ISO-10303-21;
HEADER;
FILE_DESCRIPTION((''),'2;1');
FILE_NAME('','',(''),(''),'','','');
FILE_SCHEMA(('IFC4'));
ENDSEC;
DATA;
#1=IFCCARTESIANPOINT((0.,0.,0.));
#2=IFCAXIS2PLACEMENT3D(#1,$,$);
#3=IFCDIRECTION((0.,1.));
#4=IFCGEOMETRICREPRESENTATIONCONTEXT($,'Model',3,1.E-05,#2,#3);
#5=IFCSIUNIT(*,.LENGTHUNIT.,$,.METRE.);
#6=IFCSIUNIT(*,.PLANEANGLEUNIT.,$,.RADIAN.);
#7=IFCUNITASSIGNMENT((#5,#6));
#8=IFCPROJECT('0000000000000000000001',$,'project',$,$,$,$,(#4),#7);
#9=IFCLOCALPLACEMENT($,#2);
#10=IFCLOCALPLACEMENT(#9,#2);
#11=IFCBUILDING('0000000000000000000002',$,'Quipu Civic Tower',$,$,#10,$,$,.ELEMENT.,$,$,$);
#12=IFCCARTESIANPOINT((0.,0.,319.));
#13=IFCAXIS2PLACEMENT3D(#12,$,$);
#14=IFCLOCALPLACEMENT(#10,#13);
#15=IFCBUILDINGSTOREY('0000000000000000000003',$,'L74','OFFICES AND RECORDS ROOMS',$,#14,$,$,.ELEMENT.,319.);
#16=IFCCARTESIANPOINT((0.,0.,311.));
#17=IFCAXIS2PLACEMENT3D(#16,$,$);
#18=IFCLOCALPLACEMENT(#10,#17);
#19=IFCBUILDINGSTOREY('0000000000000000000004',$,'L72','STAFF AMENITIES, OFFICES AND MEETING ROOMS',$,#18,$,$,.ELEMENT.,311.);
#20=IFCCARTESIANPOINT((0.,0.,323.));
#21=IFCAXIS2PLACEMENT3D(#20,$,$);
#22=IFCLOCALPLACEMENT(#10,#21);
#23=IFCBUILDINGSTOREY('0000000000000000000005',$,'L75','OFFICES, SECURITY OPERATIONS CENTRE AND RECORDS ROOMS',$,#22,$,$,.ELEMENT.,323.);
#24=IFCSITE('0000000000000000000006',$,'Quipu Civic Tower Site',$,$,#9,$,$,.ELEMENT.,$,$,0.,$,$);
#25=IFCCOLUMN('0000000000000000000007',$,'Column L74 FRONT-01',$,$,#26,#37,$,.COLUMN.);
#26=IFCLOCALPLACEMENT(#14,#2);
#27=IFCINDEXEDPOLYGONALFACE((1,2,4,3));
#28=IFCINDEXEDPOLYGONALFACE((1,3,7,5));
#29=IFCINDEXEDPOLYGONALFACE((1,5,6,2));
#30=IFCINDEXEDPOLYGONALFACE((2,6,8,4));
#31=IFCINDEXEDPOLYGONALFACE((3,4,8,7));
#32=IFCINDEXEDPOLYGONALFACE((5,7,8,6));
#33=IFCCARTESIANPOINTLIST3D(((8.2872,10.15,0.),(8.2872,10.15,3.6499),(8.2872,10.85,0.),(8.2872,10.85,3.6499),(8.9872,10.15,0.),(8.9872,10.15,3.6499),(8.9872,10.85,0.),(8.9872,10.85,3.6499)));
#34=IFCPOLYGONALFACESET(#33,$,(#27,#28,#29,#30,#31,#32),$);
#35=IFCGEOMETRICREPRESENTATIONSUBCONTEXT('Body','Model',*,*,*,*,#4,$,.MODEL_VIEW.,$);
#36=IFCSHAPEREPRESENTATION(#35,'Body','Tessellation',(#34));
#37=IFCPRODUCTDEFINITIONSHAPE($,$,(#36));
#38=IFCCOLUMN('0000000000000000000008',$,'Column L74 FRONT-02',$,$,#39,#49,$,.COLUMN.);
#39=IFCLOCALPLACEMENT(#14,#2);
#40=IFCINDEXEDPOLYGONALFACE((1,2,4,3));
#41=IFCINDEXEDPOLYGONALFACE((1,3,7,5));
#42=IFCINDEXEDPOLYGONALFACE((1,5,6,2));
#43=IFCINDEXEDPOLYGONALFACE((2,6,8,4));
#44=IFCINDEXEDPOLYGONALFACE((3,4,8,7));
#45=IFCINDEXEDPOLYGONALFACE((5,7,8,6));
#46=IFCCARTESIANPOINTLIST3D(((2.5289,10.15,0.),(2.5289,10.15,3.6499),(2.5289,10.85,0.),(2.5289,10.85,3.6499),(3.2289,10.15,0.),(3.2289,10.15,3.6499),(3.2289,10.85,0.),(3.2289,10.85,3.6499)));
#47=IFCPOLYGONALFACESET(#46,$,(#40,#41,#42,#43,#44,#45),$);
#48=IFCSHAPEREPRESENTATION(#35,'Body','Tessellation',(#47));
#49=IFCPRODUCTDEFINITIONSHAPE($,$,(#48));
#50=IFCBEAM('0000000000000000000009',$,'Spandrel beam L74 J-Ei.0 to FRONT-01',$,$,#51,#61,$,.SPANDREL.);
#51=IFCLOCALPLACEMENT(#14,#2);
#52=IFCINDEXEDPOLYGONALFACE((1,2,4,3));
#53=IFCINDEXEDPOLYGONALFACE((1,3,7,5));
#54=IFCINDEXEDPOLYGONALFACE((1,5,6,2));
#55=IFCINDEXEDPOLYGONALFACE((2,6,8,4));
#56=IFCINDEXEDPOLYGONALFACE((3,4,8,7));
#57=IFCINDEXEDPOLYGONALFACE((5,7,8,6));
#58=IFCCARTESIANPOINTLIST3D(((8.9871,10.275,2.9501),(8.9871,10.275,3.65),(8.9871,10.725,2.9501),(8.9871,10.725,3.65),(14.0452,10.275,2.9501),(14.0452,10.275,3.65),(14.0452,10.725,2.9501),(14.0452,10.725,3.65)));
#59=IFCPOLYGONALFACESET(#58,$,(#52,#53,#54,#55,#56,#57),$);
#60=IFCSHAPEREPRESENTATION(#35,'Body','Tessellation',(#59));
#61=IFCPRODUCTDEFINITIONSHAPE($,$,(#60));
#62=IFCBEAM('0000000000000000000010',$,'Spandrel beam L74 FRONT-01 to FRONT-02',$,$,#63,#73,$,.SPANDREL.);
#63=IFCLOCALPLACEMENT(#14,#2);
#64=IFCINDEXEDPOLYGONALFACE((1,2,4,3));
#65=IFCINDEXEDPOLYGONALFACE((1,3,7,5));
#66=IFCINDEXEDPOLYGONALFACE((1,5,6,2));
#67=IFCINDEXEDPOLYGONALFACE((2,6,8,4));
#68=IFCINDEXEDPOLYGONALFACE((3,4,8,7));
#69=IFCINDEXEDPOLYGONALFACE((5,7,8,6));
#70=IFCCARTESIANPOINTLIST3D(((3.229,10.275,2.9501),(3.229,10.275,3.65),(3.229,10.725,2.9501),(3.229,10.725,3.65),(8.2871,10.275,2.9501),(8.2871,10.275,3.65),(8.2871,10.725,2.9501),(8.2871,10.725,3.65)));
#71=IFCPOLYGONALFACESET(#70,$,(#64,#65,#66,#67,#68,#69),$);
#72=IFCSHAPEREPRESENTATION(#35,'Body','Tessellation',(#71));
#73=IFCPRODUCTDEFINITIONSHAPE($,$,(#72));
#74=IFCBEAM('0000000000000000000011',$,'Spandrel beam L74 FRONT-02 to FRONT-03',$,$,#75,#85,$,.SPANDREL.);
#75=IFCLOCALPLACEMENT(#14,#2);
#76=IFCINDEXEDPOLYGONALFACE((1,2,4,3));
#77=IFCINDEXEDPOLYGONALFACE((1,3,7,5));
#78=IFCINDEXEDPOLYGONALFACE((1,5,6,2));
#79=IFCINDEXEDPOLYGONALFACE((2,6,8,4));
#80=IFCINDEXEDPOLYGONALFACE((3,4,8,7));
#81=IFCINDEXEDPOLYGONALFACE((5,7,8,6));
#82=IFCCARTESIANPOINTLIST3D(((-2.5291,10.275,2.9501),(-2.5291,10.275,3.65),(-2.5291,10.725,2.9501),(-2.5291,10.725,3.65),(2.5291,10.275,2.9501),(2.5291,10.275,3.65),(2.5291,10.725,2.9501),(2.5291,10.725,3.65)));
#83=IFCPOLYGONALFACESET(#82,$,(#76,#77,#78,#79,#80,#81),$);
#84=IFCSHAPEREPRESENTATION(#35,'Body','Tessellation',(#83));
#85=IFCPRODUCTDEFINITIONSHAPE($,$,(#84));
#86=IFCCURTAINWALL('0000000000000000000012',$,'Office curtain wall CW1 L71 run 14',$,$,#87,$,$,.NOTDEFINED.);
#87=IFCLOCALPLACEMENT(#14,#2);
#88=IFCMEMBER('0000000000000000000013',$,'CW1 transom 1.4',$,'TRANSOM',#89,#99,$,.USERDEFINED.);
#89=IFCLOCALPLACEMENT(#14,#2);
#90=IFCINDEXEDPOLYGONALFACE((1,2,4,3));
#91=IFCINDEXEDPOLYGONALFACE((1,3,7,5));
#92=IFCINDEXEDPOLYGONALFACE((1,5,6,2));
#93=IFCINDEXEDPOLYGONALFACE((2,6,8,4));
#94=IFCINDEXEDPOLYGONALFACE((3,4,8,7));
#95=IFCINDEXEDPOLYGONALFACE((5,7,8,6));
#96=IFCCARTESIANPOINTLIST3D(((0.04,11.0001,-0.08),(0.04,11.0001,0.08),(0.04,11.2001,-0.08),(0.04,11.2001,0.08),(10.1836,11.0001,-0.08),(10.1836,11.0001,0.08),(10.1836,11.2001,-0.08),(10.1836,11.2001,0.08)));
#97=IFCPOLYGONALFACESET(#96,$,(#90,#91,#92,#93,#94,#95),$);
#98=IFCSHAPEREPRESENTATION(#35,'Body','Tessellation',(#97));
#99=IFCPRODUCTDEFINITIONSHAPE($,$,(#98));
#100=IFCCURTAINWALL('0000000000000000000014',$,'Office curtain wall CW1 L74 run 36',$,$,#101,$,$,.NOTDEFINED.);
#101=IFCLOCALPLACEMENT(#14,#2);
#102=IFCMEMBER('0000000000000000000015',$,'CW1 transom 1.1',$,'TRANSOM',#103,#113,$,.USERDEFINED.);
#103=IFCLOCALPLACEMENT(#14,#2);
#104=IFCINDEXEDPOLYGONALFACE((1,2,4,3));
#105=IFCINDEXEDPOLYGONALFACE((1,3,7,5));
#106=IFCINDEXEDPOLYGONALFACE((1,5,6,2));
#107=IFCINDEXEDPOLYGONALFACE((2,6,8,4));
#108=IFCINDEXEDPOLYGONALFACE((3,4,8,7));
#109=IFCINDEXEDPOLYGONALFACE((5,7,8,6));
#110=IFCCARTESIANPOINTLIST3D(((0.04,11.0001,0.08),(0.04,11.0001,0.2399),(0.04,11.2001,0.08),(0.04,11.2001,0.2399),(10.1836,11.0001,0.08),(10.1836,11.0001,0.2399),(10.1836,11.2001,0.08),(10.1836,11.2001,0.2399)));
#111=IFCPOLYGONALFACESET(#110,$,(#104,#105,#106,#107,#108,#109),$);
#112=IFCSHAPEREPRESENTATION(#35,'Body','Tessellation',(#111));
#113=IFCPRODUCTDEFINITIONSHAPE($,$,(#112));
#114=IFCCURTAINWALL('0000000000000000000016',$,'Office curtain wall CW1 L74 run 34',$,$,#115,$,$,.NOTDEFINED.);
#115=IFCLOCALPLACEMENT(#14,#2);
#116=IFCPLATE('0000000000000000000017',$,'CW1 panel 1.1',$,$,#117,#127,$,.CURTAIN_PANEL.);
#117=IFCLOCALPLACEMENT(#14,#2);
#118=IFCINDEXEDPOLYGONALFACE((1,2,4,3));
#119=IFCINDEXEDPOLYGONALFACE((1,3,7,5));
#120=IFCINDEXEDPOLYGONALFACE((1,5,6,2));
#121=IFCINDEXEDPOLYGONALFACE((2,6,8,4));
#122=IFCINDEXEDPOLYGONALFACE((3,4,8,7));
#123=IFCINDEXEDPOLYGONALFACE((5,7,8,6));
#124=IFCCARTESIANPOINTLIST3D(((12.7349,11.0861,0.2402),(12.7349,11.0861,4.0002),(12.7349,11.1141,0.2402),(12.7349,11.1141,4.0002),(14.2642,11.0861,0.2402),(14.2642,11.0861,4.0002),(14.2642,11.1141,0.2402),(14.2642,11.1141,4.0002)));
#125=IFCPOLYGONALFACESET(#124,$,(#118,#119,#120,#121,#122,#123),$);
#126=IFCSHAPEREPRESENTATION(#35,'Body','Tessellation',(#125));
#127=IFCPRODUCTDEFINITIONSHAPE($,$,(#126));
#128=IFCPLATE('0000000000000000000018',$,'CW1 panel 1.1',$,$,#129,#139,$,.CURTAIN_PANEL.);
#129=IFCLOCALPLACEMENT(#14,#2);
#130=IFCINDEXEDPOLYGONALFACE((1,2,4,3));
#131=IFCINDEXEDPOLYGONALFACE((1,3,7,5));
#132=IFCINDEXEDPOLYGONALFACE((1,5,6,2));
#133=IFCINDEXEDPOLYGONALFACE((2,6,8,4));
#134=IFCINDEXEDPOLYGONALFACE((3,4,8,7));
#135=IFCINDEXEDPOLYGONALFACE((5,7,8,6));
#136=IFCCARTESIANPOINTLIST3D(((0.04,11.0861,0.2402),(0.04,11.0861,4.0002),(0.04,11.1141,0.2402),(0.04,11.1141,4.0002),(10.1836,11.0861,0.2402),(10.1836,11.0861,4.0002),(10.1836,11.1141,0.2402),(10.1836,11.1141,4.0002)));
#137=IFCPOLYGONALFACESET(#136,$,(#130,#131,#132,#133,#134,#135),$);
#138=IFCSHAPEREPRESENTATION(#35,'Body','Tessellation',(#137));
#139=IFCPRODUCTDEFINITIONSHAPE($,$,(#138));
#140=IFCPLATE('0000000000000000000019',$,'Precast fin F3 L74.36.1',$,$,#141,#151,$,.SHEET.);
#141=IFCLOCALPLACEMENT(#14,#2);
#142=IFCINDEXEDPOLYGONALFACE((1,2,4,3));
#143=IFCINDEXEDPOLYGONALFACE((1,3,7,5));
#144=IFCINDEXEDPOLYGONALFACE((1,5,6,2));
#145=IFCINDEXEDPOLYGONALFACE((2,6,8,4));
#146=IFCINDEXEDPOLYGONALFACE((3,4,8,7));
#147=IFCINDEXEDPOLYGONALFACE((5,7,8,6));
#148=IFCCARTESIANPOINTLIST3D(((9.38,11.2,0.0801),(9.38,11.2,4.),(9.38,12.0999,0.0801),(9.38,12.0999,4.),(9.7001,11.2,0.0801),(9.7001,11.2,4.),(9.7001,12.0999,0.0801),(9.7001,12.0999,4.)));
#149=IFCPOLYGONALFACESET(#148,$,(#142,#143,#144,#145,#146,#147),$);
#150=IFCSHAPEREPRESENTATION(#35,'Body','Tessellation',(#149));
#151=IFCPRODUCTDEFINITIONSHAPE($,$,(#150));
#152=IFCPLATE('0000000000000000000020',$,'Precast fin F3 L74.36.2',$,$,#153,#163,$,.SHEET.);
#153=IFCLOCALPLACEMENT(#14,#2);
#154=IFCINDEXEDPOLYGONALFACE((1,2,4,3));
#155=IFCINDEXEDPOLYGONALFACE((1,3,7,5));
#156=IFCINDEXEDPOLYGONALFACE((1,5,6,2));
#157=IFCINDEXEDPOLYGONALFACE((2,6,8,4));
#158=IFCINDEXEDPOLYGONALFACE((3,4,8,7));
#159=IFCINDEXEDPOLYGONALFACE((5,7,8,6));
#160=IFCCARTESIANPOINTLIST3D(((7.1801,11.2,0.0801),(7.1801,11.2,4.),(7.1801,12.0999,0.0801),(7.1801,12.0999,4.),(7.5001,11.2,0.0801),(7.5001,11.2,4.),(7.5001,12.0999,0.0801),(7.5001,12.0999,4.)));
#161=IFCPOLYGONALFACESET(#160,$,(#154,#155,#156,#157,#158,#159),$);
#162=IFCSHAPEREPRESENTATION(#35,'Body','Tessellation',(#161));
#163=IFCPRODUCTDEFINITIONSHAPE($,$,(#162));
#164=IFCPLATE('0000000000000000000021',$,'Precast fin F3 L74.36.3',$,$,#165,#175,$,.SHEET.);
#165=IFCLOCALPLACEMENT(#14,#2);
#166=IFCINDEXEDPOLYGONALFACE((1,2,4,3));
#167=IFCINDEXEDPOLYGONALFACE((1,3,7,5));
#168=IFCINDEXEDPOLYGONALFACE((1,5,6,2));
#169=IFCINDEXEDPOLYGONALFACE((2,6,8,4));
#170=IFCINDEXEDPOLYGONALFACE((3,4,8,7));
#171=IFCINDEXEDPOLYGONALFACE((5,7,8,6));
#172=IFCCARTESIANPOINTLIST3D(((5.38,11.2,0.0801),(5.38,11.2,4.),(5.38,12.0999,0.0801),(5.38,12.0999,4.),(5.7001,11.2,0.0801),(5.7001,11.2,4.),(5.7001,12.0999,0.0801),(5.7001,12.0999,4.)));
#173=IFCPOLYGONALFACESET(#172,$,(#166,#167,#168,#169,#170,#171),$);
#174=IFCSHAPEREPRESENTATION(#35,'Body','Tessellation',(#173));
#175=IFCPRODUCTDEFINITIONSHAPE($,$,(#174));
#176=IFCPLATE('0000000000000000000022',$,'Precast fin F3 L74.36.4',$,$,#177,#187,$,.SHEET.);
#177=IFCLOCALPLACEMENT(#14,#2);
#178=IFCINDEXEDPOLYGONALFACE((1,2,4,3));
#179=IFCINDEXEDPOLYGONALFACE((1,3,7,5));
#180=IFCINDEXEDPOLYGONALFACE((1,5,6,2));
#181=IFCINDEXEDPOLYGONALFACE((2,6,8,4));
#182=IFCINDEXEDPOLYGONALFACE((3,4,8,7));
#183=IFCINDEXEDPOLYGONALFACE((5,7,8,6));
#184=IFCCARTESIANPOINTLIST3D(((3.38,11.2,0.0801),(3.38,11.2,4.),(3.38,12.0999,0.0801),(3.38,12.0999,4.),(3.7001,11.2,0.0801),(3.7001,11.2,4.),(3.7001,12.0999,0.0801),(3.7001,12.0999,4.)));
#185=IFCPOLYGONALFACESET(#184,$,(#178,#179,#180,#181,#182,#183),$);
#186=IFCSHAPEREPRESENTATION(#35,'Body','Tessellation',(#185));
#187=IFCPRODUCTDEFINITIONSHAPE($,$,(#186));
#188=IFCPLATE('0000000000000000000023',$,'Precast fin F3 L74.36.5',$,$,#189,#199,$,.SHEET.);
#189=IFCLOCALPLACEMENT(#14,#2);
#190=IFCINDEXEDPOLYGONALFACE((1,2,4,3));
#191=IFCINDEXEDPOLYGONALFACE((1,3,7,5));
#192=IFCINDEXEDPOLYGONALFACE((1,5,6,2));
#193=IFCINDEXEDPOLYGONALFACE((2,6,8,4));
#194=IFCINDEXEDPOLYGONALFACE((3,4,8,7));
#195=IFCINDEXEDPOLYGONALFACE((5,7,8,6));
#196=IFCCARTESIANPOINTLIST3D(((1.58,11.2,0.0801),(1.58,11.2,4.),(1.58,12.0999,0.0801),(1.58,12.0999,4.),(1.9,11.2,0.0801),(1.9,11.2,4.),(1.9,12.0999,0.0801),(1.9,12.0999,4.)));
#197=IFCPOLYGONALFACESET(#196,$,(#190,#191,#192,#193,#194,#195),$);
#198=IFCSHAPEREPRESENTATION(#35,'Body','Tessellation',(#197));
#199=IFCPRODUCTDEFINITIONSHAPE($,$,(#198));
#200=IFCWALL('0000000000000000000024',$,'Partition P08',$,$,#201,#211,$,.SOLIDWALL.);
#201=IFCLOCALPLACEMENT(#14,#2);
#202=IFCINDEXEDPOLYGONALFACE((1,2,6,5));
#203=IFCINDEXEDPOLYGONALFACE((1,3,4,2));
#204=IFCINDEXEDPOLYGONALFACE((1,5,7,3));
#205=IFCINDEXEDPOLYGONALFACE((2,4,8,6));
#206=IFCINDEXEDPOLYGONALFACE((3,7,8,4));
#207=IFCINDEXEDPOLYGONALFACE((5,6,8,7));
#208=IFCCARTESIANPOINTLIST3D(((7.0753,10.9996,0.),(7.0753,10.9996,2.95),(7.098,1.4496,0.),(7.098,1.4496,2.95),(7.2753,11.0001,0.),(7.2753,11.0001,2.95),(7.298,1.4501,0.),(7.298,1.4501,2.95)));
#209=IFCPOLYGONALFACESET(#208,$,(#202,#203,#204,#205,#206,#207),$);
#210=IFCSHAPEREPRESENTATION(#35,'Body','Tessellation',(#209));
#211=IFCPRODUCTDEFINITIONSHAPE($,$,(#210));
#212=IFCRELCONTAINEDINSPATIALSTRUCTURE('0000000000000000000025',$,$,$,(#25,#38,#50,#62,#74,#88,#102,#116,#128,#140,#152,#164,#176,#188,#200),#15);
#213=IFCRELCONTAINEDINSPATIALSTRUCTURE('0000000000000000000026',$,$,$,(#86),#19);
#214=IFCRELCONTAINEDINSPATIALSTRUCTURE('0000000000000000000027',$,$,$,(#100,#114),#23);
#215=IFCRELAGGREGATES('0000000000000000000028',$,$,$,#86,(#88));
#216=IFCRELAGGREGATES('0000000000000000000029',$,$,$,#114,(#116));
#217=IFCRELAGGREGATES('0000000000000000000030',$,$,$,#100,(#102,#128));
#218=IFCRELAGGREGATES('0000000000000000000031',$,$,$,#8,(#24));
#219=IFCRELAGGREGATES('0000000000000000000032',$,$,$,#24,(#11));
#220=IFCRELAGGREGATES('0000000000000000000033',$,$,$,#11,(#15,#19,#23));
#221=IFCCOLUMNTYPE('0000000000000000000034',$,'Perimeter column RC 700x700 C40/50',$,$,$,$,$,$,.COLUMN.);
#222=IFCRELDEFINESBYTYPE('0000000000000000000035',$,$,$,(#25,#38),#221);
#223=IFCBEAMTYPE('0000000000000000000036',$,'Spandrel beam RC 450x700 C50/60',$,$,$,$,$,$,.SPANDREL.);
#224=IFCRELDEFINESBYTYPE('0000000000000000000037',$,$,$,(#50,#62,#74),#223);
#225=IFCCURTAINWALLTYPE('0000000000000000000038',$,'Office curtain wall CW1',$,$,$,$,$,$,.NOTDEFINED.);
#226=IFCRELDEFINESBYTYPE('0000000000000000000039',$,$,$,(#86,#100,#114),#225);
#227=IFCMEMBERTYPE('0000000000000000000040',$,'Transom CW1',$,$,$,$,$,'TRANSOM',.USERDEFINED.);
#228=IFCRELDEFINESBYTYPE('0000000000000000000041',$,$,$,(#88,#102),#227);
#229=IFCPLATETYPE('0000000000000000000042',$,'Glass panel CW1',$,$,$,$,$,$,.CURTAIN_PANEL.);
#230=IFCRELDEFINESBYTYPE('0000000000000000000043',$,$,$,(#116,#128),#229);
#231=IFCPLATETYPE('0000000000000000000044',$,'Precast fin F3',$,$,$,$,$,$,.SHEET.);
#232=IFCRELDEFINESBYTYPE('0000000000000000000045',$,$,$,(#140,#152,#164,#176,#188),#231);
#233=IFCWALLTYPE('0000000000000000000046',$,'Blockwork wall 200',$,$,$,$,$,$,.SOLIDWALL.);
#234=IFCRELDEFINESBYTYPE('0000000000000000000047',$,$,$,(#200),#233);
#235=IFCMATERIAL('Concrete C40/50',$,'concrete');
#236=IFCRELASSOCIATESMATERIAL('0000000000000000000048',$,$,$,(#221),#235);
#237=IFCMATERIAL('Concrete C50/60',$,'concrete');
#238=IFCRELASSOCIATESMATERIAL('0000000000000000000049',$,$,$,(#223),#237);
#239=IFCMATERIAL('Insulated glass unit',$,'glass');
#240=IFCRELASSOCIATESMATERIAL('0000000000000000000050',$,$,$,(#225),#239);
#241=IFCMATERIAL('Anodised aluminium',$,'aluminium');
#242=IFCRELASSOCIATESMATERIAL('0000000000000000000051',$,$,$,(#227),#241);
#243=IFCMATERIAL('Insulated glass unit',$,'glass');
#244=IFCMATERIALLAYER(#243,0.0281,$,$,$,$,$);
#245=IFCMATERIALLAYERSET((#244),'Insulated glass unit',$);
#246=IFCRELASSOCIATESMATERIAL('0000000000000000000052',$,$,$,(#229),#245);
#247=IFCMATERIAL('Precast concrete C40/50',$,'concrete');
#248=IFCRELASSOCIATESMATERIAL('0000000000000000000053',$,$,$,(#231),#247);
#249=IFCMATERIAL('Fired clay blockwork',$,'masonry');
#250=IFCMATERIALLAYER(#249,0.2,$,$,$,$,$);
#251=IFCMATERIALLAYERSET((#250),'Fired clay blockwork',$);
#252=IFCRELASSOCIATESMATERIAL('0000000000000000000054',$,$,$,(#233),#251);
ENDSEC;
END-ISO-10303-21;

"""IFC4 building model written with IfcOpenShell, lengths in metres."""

from ifc_helpers import new_model, si_unit, direction, frame, frame_2d, origin, origin_2d, place, context, subcontext, project, spatial, rectangle, extrude, material, layer, layer_set, material_profile, profile_set, type_object, element, aggregate, save


model = new_model("IFC4")

# Units and contexts
model_context = context("Model", 3, precision=1e-05, world=origin(), true_north=direction((0.0, 1.0)))
body_context = subcontext(model_context, "Body", "Model", "MODEL_VIEW")
ifc_project = project(units=[si_unit("LENGTHUNIT", "METRE"), si_unit("PLANEANGLEUNIT", "RADIAN")], contexts=[model_context])

# Site, building, storey
site_placement = place(None, origin())
site = spatial("IfcSite", under=ifc_project, at=site_placement, Name="Quipu Civic Tower Site", CompositionType="ELEMENT", RefElevation=0.0)
building_placement = place(site_placement, origin())
building = spatial("IfcBuilding", under=site, at=building_placement, Name="Quipu Civic Tower", CompositionType="ELEMENT")
storey_1_placement = place(building_placement, frame((0.0, 0.0, 319.0)))
storey_1 = spatial("IfcBuildingStorey", under=building, at=storey_1_placement, Name="L74", Description="OFFICES AND RECORDS ROOMS", CompositionType="ELEMENT", Elevation=319.0)

# Columns
ifc_material_1 = material(Name="Concrete C40/50", Category="concrete")
ifc_material_profile_1 = material_profile(ifc_material_1, rectangle(XDim=0.7, YDim=0.7, at=origin_2d()), Name="RC700x700")
ifc_profile_set_1 = profile_set([ifc_material_profile_1], Name="Concrete C40/50")
column_type = type_object("IfcColumnType", Name="Perimeter column RC 700x700 C40/50", PredefinedType="COLUMN", material=ifc_profile_set_1)
for number, where, z_axis, x_axis, name in (
    (1, (8.6372, 10.5, 0.0), (0.0, 0.0, 1.0), (-1.0, 0.0, 0.0), "Column L74 FRONT-01"),
    (2, (2.8789, 10.5, 0.0), (0.0, 0.0, 1.0), (-1.0, 0.0, 0.0), "Column L74 FRONT-02"),
):
    element("IfcColumn", number, at=place(storey_1_placement, frame(where, z_axis=z_axis, x_axis=x_axis)), inside=storey_1, type_object=column_type, Name=name, PredefinedType="COLUMN", context=body_context, shape_type="SweptSolid", body=[
        extrude(rectangle(XDim=0.7, YDim=0.7, at=origin_2d()), origin(), (0.0, 0.0, 1.0), 3.6499),
    ])

# Beams
ifc_material_2 = material(Name="Concrete C50/60", Category="concrete")
ifc_material_profile_2 = material_profile(ifc_material_2, rectangle(XDim=0.45, YDim=0.7, at=origin_2d()), Name="RC450x700")
ifc_profile_set_2 = profile_set([ifc_material_profile_2], Name="Concrete C50/60")
beam_type = type_object("IfcBeamType", Name="Spandrel beam RC 450x700 C50/60", PredefinedType="SPANDREL", material=ifc_profile_set_2)
for number, where, z_axis, x_axis, name in (
    (3, (14.0452, 10.5, 3.3), (-1.0, 0.0, 0.0), (0.0, -1.0, 0.0), "Spandrel beam L74 J-Ei.0 to FRONT-01"),
    (4, (8.2871, 10.5, 3.3), (-1.0, 0.0, 0.0), (0.0, -1.0, 0.0), "Spandrel beam L74 FRONT-01 to FRONT-02"),
    (5, (2.5291, 10.5, 3.3), (-1.0, 0.0, 0.0), (0.0, -1.0, 0.0), "Spandrel beam L74 FRONT-02 to FRONT-03"),
):
    element("IfcBeam", number, at=place(storey_1_placement, frame(where, z_axis=z_axis, x_axis=x_axis)), inside=storey_1, type_object=beam_type, Name=name, PredefinedType="SPANDREL", context=body_context, shape_type="SweptSolid", body=[
        extrude(rectangle(XDim=0.45, YDim=0.7, at=origin_2d()), origin(), (0.0, 0.0, 1.0), 5.0581),
    ])

# Shared definitions
storey_2_placement = place(building_placement, frame((0.0, 0.0, 311.0)))
storey_2 = spatial("IfcBuildingStorey", under=building, at=storey_2_placement, Name="L72", Description="STAFF AMENITIES, OFFICES AND MEETING ROOMS", CompositionType="ELEMENT", Elevation=311.0)

# Curtain wall, member
ifc_material_3 = material(Name="Insulated glass unit", Category="glass")
curtain_wall_type = type_object("IfcCurtainWallType", Name="Office curtain wall CW1", PredefinedType="NOTDEFINED", material=ifc_material_3)
curtain_wall_1_placement = place(storey_2_placement, origin())
curtain_wall_1 = element("IfcCurtainWall", 6, at=curtain_wall_1_placement, inside=storey_2, type_object=curtain_wall_type, Name="Office curtain wall CW1 L71 run 14", PredefinedType="NOTDEFINED")
ifc_material_4 = material(Name="Anodised aluminium", Category="aluminium")
ifc_material_profile_3 = material_profile(ifc_material_4, rectangle(XDim=0.2, YDim=0.1599, at=origin_2d()), Name="RECT 200x160")
ifc_profile_set_3 = profile_set([ifc_material_profile_3], Name="Anodised aluminium")
member_type = type_object("IfcMemberType", Name="Transom CW1", ElementType="TRANSOM", PredefinedType="USERDEFINED", material=ifc_profile_set_3)
member_1_placement = place(storey_1_placement, frame((10.1836, 11.1001, 0.0), z_axis=(-1.0, 0.0, 0.0), x_axis=(0.0, -1.0, 0.0)))
member_1 = element("IfcMember", 7, at=member_1_placement, inside=storey_1, type_object=member_type, Name="CW1 transom 1.4", ObjectType="TRANSOM", PredefinedType="USERDEFINED", context=body_context, shape_type="SweptSolid", body=[
    extrude(rectangle(XDim=0.2, YDim=0.1599, at=origin_2d()), origin(), (0.0, 0.0, 1.0), 10.1436),
])
aggregate(curtain_wall_1, [member_1])

# Shared definitions
storey_3_placement = place(building_placement, frame((0.0, 0.0, 323.0)))
storey_3 = spatial("IfcBuildingStorey", under=building, at=storey_3_placement, Name="L75", Description="OFFICES, SECURITY OPERATIONS CENTRE AND RECORDS ROOMS", CompositionType="ELEMENT", Elevation=323.0)

# Curtain wall, member
curtain_wall_2_placement = place(storey_3_placement, origin())
curtain_wall_2 = element("IfcCurtainWall", 8, at=curtain_wall_2_placement, inside=storey_3, type_object=curtain_wall_type, Name="Office curtain wall CW1 L74 run 36", PredefinedType="NOTDEFINED")
member_2_placement = place(storey_1_placement, frame((10.1836, 11.1001, 0.1599), z_axis=(-1.0, 0.0, 0.0), x_axis=(0.0, -1.0, 0.0)))
member_2 = element("IfcMember", 9, at=member_2_placement, inside=storey_1, type_object=member_type, Name="CW1 transom 1.1", ObjectType="TRANSOM", PredefinedType="USERDEFINED", context=body_context, shape_type="SweptSolid", body=[
    extrude(rectangle(XDim=0.2, YDim=0.1599, at=origin_2d()), origin(), (0.0, 0.0, 1.0), 10.1436),
])

# Curtain wall, plate
curtain_wall_3_placement = place(storey_3_placement, origin())
curtain_wall_3 = element("IfcCurtainWall", 10, at=curtain_wall_3_placement, inside=storey_3, type_object=curtain_wall_type, Name="Office curtain wall CW1 L74 run 34", PredefinedType="NOTDEFINED")
ifc_material_5 = material(Name="Insulated glass unit", Category="glass")
ifc_layer_1 = layer(ifc_material_5, 0.0281)
ifc_layer_set_1 = layer_set([ifc_layer_1], Name="Insulated glass unit")
plate_type_1 = type_object("IfcPlateType", Name="Glass panel CW1", PredefinedType="CURTAIN_PANEL", material=ifc_layer_set_1)
plate_1_placement = place(storey_1_placement, frame((13.4995, 11.1001, 0.2402), z_axis=(0.0, 0.0, 1.0), x_axis=(-1.0, 0.0, 0.0)))
plate_1 = element("IfcPlate", 11, at=plate_1_placement, inside=storey_1, type_object=plate_type_1, Name="CW1 panel 1.1", PredefinedType="CURTAIN_PANEL", context=body_context, shape_type="SweptSolid", body=[
    extrude(rectangle(XDim=1.5293, YDim=0.0281, at=origin_2d()), origin(), (0.0, 0.0, 1.0), 3.76),
])
aggregate(curtain_wall_3, [plate_1])

# Plate
plate_2_placement = place(storey_1_placement, frame((5.1118, 11.1001, 0.2402), z_axis=(0.0, 0.0, 1.0), x_axis=(-1.0, 0.0, 0.0)))
plate_2 = element("IfcPlate", 12, at=plate_2_placement, inside=storey_1, type_object=plate_type_1, Name="CW1 panel 1.1", PredefinedType="CURTAIN_PANEL", context=body_context, shape_type="SweptSolid", body=[
    extrude(rectangle(XDim=10.1436, YDim=0.0281, at=origin_2d()), origin(), (0.0, 0.0, 1.0), 3.76),
])
aggregate(curtain_wall_2, [member_2, plate_2])

# Plates
ifc_material_6 = material(Name="Precast concrete C40/50", Category="concrete")
plate_type_2 = type_object("IfcPlateType", Name="Precast fin F3", PredefinedType="SHEET", material=ifc_material_6)
for number, where, z_axis, x_axis, name in (
    (13, (9.54, 11.6499, 0.0801), (0.0, 0.0, 1.0), (-1.0, 0.0, 0.0), "Precast fin F3 L74.36.1"),
    (14, (7.3401, 11.6499, 0.0801), (0.0, 0.0, 1.0), (-1.0, 0.0, 0.0), "Precast fin F3 L74.36.2"),
    (15, (5.54, 11.6499, 0.0801), (0.0, 0.0, 1.0), (-1.0, 0.0, 0.0), "Precast fin F3 L74.36.3"),
    (16, (3.54, 11.6499, 0.0801), (0.0, 0.0, 1.0), (-1.0, 0.0, 0.0), "Precast fin F3 L74.36.4"),
    (17, (1.74, 11.6499, 0.0801), (0.0, 0.0, 1.0), (-1.0, 0.0, 0.0), "Precast fin F3 L74.36.5"),
):
    element("IfcPlate", number, at=place(storey_1_placement, frame(where, z_axis=z_axis, x_axis=x_axis)), inside=storey_1, type_object=plate_type_2, Name=name, PredefinedType="SHEET", context=body_context, shape_type="SweptSolid", body=[
        extrude(rectangle(XDim=0.3201, YDim=0.8999, at=origin_2d()), origin(), (0.0, 0.0, 1.0), 3.9199),
    ])

# Wall
ifc_material_7 = material(Name="Fired clay blockwork", Category="masonry")
ifc_layer_2 = layer(ifc_material_7, 0.2)
ifc_layer_set_2 = layer_set([ifc_layer_2], Name="Fired clay blockwork")
wall_type_1 = type_object("IfcWallType", Name="Blockwork wall 200", PredefinedType="SOLIDWALL", material=ifc_layer_set_2)
wall_1_placement = place(storey_1_placement, frame((7.198, 1.45, 0.0), z_axis=(0.0, 0.0, 1.0), x_axis=(-0.002377, 0.999997, 0.0)))
element("IfcWall", 18, at=wall_1_placement, inside=storey_1, type_object=wall_type_1, Name="Partition P08", PredefinedType="SOLIDWALL", context=body_context, shape_type="SweptSolid", body=[
    extrude(rectangle(XDim=9.55, YDim=0.2, at=frame_2d((4.7749, 0.0))), origin(), (0.0, 0.0, 1.0), 2.95),
])

save(model, "model.ifc")
